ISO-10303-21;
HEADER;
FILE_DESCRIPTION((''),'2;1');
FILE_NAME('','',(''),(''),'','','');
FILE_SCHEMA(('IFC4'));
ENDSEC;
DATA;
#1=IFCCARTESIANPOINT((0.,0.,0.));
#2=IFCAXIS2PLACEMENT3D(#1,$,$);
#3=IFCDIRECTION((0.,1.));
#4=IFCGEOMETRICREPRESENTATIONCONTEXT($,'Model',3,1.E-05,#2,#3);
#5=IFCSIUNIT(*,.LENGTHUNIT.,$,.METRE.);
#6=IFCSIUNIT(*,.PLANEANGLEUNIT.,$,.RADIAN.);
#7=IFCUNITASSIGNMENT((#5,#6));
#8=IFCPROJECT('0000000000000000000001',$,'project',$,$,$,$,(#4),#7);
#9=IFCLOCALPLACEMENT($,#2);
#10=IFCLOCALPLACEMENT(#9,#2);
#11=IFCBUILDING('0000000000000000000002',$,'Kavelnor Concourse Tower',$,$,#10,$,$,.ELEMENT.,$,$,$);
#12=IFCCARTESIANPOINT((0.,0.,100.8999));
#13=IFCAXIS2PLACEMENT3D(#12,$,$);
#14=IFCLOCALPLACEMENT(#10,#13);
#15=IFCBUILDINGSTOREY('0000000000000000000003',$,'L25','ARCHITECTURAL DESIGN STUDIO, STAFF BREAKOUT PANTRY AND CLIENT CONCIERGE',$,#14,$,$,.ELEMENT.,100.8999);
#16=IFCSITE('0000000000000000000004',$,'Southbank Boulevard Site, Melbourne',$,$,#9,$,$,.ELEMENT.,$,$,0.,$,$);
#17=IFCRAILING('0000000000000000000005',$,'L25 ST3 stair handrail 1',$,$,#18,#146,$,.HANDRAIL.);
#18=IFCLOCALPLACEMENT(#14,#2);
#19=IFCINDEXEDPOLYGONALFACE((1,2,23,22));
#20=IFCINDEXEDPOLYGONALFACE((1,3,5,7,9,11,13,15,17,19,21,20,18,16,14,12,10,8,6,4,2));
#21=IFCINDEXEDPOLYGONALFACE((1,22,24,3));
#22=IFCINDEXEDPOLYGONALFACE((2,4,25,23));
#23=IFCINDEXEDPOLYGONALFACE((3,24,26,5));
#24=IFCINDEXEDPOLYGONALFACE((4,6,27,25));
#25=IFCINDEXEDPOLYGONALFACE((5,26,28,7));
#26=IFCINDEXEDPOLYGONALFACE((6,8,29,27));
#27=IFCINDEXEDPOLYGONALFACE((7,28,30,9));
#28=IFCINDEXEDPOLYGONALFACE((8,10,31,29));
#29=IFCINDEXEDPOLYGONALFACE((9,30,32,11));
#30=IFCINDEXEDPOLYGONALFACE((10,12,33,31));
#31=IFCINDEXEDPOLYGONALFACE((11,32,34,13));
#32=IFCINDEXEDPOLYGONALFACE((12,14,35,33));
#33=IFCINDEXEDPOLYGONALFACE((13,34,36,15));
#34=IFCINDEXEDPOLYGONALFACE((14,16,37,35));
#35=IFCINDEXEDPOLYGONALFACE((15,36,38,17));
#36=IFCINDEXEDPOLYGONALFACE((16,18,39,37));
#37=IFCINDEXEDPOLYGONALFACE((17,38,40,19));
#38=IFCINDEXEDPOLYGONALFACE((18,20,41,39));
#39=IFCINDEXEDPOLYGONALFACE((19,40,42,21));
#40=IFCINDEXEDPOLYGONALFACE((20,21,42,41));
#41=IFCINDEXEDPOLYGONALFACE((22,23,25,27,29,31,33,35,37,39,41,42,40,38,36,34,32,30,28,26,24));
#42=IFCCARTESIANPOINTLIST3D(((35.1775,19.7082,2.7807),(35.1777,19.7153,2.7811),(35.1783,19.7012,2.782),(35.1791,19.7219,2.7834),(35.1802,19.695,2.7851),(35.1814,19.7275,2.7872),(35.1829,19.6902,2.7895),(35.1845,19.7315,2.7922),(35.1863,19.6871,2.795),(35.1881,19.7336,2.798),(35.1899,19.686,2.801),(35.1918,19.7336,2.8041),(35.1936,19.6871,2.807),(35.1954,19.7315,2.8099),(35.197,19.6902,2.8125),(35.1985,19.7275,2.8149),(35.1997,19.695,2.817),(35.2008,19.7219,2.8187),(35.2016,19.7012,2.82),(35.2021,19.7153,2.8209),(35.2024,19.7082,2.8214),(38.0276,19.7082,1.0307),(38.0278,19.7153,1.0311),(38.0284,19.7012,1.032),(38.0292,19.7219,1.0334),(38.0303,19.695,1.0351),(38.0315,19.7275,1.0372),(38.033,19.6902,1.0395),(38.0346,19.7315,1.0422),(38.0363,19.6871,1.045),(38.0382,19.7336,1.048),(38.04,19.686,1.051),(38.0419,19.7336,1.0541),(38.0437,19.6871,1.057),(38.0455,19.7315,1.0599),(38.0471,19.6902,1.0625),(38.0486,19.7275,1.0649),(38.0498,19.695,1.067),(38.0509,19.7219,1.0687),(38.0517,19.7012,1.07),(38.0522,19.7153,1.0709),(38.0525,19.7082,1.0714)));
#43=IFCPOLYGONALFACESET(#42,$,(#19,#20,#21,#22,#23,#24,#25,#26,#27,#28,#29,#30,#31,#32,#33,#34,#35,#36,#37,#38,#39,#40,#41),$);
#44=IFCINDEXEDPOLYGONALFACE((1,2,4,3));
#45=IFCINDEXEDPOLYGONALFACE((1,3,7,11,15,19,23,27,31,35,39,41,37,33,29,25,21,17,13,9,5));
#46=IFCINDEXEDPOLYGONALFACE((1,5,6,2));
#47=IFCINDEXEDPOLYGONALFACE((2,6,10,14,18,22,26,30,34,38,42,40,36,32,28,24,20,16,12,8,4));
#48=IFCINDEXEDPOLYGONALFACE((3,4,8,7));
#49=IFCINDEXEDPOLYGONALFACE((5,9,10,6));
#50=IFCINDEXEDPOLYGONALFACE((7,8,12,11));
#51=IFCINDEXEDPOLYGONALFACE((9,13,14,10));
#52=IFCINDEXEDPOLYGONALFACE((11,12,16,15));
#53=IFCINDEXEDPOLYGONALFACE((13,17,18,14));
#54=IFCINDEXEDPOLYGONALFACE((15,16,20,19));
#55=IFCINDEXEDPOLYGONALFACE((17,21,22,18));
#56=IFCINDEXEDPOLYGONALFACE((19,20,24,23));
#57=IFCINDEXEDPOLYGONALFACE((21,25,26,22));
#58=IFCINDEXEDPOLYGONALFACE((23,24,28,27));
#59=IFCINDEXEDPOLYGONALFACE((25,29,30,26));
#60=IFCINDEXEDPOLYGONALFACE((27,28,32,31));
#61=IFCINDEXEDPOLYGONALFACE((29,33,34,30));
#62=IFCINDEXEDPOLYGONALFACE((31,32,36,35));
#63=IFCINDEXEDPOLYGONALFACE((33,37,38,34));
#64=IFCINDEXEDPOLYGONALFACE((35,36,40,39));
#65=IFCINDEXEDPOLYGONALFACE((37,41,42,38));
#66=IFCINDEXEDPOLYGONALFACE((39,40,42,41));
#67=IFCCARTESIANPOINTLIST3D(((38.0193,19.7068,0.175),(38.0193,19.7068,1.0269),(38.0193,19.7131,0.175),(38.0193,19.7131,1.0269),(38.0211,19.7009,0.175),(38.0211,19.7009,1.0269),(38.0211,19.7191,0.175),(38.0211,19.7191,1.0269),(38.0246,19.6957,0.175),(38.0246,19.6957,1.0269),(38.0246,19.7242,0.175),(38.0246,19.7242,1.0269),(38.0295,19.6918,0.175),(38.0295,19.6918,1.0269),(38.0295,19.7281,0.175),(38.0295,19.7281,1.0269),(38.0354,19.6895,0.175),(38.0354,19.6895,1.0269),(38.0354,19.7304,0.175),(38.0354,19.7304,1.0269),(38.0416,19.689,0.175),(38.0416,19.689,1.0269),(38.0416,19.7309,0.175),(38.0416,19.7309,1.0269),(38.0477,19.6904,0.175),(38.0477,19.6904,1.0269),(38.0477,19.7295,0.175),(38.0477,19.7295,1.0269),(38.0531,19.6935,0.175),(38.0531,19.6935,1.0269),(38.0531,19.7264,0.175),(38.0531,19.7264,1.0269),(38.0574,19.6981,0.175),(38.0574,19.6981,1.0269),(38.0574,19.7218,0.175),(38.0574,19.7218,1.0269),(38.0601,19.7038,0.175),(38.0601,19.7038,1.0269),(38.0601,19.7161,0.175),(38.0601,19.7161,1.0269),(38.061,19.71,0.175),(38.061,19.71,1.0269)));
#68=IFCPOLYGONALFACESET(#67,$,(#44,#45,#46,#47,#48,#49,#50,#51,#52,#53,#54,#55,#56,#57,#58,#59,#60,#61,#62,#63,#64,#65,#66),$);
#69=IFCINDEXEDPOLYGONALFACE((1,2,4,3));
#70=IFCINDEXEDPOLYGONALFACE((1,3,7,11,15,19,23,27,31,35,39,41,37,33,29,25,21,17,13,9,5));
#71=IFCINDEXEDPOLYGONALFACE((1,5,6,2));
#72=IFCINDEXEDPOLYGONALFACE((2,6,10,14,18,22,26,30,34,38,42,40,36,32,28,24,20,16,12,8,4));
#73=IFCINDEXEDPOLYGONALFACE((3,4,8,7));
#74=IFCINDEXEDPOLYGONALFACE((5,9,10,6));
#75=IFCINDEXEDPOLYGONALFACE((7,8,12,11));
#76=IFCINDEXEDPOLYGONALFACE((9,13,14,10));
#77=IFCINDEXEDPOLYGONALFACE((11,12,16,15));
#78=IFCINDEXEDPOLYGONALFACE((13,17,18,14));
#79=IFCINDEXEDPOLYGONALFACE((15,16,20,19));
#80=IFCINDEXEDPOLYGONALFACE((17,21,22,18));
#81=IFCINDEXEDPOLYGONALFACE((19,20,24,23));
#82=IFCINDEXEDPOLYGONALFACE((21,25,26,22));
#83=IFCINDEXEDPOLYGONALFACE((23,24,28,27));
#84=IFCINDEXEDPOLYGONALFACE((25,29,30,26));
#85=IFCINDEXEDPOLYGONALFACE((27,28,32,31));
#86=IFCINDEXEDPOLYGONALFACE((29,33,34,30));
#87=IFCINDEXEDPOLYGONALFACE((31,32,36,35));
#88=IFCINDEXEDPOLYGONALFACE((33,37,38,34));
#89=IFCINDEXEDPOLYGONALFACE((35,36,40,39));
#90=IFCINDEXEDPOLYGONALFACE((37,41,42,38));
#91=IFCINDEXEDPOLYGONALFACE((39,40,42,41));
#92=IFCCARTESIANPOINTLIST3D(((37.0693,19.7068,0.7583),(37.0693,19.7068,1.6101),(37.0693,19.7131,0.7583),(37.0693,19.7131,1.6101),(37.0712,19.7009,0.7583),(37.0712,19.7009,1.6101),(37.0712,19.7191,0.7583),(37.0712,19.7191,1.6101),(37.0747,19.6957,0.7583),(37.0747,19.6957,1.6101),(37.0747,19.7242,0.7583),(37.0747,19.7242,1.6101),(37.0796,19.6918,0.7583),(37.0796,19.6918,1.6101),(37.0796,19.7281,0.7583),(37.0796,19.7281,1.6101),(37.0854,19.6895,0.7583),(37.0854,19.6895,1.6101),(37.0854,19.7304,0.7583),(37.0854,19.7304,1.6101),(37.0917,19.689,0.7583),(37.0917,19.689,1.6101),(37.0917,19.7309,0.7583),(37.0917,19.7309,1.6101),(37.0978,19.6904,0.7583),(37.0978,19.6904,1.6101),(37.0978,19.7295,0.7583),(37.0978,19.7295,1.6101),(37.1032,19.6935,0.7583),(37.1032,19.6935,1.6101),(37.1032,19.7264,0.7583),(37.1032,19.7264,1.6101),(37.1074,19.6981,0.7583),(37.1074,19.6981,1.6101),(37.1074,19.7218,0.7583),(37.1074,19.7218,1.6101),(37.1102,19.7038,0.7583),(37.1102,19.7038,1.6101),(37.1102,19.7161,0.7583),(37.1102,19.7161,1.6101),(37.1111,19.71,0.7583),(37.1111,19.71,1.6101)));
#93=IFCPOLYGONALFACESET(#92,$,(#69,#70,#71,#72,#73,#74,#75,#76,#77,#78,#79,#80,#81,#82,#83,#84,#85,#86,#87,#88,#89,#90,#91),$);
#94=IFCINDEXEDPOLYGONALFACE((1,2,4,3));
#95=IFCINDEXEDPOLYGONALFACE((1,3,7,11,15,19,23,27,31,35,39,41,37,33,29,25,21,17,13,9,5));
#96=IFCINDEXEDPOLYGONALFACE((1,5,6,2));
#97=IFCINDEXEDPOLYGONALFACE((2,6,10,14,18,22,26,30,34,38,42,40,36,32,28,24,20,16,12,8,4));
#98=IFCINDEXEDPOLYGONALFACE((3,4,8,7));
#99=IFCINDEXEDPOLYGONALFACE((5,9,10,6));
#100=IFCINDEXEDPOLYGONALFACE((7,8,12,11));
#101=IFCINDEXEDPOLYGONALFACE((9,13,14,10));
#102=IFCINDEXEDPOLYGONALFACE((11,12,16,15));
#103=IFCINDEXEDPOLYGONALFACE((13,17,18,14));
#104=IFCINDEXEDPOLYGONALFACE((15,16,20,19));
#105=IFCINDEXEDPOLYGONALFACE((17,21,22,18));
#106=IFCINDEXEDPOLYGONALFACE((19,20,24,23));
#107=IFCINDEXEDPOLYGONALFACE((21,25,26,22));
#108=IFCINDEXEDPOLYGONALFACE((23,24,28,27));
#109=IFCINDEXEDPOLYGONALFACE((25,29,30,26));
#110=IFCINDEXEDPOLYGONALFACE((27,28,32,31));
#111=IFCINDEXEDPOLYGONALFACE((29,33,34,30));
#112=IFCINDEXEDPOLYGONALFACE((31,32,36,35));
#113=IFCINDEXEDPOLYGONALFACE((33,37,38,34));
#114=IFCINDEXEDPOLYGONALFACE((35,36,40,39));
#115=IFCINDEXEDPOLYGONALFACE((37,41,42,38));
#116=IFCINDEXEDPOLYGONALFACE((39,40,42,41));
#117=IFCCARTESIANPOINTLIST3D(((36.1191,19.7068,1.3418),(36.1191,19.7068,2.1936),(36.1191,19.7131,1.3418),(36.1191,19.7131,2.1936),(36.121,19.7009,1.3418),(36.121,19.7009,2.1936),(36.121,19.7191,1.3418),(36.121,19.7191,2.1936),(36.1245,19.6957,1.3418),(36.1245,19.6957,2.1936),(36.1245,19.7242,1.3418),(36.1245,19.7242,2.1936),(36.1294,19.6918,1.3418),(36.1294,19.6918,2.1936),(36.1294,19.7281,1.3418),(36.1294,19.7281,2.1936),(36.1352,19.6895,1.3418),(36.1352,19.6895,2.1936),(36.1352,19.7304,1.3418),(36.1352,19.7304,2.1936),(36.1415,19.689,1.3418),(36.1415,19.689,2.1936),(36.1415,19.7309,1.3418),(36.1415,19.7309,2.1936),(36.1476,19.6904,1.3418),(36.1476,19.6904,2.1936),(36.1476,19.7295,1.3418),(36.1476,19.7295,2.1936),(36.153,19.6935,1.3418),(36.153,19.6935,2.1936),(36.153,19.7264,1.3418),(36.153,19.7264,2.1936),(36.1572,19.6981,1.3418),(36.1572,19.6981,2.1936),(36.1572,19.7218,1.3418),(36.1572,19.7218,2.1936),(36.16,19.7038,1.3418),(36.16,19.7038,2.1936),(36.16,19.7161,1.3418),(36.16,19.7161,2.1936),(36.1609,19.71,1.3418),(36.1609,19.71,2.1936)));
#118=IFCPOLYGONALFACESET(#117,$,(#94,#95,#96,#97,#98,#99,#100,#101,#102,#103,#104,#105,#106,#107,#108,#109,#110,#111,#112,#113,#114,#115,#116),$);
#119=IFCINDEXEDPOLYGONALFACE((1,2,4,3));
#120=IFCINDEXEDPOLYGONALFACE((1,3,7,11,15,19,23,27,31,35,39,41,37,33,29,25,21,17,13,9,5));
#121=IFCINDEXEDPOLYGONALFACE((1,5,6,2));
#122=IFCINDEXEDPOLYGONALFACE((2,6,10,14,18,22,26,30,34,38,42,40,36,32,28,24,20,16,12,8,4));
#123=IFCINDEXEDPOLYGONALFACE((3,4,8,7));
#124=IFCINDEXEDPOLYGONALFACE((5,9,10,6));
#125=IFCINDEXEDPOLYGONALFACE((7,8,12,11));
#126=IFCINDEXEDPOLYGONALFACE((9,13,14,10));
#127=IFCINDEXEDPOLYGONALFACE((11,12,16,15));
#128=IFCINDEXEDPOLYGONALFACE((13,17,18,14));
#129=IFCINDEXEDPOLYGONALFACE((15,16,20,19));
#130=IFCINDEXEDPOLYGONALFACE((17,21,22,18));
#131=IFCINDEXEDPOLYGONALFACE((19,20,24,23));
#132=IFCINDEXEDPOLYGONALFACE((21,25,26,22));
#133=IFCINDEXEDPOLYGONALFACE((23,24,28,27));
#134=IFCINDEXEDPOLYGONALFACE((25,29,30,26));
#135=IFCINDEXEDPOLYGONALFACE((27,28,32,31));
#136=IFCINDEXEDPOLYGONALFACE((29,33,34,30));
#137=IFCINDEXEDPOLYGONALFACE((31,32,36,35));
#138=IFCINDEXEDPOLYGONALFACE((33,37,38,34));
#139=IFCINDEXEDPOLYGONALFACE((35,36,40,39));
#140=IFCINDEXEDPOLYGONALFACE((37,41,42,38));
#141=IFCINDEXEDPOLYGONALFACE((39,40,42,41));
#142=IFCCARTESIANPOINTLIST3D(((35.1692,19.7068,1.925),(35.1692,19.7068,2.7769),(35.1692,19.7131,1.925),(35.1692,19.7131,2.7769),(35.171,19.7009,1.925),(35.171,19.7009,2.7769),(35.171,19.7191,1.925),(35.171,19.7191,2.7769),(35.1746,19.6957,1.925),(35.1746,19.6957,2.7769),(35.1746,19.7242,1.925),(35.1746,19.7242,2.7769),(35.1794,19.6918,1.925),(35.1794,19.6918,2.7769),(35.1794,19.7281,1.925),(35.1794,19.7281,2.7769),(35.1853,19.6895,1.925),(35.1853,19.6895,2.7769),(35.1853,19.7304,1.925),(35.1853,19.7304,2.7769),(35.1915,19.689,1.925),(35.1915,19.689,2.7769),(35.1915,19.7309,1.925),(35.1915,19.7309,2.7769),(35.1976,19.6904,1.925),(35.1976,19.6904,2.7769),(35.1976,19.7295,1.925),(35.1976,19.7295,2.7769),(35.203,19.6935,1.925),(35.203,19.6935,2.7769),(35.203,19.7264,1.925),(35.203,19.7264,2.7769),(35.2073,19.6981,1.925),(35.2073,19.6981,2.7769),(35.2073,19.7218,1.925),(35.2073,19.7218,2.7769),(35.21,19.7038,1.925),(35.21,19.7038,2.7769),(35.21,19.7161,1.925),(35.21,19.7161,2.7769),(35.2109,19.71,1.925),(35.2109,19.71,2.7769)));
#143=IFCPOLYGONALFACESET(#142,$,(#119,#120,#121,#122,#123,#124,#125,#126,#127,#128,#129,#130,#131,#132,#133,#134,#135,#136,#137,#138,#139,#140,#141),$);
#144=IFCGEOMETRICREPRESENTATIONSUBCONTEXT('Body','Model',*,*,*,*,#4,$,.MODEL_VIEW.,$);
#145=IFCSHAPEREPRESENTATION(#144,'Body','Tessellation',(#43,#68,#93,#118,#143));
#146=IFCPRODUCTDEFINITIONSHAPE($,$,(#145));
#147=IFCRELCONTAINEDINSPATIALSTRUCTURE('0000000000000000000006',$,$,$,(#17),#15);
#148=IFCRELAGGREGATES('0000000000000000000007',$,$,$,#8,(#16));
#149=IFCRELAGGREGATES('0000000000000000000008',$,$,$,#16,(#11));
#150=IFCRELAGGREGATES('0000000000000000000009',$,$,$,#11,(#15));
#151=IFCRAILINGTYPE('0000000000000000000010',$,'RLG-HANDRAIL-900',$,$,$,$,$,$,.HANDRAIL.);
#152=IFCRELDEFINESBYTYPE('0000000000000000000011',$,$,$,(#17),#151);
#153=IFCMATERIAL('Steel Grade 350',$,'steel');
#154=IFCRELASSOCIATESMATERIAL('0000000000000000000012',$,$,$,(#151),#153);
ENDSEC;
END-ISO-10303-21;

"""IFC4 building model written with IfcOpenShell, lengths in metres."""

from ifc_helpers import new_model, si_unit, direction, frame, origin, origin_2d, place, context, subcontext, project, spatial, circle, extrude, material, type_object, element, save


model = new_model("IFC4")

# Units and contexts
model_context = context("Model", 3, precision=1e-05, world=origin(), true_north=direction((0.0, 1.0)))
body_context = subcontext(model_context, "Body", "Model", "MODEL_VIEW")
ifc_project = project(units=[si_unit("LENGTHUNIT", "METRE"), si_unit("PLANEANGLEUNIT", "RADIAN")], contexts=[model_context])

# Site, building, storey
site_placement = place(None, origin())
site = spatial("IfcSite", under=ifc_project, at=site_placement, Name="Southbank Boulevard Site, Melbourne", CompositionType="ELEMENT", RefElevation=0.0)
building_placement = place(site_placement, origin())
building = spatial("IfcBuilding", under=site, at=building_placement, Name="Kavelnor Concourse Tower", CompositionType="ELEMENT")
storey_placement = place(building_placement, frame((0.0, 0.0, 100.8999)))
storey = spatial("IfcBuildingStorey", under=building, at=storey_placement, Name="L25", Description="ARCHITECTURAL DESIGN STUDIO, STAFF BREAKOUT PANTRY AND CLIENT CONCIERGE", CompositionType="ELEMENT", Elevation=100.8999)

# Shared definitions
ifc_material_1 = material(Name="Steel Grade 350", Category="steel")

# Railing
railing_type_1 = type_object("IfcRailingType", Name="RLG-HANDRAIL-900", PredefinedType="HANDRAIL", material=ifc_material_1)
railing_1_placement = place(storey_placement, frame((38.04, 19.71, 0.175)))
element("IfcRailing", 1, at=railing_1_placement, inside=storey, type_object=railing_type_1, Name="L25 ST3 stair handrail 1", PredefinedType="HANDRAIL", context=body_context, shape_type="SweptSolid", body=[
    extrude(circle(Radius=0.0239, at=origin_2d()), frame((0.0, 0.0, 0.876), z_axis=(-0.852179, 0.0, 0.52325), x_axis=(0.0, -1.0, 0.0)), (0.0, 0.0, 1.0), 3.3445),
    extrude(circle(Radius=0.021, at=origin_2d()), origin(), (0.0, 0.0, 1.0), 0.8518),
    extrude(circle(Radius=0.021, at=origin_2d()), frame((-0.95, 0.0, 0.5833)), (0.0, 0.0, 1.0), 0.8518),
    extrude(circle(Radius=0.021, at=origin_2d()), frame((-1.9001, 0.0, 1.1667)), (0.0, 0.0, 1.0), 0.8518),
    extrude(circle(Radius=0.021, at=origin_2d()), frame((-2.8501, 0.0, 1.75)), (0.0, 0.0, 1.0), 0.8518),
])

save(model, "model.ifc")
